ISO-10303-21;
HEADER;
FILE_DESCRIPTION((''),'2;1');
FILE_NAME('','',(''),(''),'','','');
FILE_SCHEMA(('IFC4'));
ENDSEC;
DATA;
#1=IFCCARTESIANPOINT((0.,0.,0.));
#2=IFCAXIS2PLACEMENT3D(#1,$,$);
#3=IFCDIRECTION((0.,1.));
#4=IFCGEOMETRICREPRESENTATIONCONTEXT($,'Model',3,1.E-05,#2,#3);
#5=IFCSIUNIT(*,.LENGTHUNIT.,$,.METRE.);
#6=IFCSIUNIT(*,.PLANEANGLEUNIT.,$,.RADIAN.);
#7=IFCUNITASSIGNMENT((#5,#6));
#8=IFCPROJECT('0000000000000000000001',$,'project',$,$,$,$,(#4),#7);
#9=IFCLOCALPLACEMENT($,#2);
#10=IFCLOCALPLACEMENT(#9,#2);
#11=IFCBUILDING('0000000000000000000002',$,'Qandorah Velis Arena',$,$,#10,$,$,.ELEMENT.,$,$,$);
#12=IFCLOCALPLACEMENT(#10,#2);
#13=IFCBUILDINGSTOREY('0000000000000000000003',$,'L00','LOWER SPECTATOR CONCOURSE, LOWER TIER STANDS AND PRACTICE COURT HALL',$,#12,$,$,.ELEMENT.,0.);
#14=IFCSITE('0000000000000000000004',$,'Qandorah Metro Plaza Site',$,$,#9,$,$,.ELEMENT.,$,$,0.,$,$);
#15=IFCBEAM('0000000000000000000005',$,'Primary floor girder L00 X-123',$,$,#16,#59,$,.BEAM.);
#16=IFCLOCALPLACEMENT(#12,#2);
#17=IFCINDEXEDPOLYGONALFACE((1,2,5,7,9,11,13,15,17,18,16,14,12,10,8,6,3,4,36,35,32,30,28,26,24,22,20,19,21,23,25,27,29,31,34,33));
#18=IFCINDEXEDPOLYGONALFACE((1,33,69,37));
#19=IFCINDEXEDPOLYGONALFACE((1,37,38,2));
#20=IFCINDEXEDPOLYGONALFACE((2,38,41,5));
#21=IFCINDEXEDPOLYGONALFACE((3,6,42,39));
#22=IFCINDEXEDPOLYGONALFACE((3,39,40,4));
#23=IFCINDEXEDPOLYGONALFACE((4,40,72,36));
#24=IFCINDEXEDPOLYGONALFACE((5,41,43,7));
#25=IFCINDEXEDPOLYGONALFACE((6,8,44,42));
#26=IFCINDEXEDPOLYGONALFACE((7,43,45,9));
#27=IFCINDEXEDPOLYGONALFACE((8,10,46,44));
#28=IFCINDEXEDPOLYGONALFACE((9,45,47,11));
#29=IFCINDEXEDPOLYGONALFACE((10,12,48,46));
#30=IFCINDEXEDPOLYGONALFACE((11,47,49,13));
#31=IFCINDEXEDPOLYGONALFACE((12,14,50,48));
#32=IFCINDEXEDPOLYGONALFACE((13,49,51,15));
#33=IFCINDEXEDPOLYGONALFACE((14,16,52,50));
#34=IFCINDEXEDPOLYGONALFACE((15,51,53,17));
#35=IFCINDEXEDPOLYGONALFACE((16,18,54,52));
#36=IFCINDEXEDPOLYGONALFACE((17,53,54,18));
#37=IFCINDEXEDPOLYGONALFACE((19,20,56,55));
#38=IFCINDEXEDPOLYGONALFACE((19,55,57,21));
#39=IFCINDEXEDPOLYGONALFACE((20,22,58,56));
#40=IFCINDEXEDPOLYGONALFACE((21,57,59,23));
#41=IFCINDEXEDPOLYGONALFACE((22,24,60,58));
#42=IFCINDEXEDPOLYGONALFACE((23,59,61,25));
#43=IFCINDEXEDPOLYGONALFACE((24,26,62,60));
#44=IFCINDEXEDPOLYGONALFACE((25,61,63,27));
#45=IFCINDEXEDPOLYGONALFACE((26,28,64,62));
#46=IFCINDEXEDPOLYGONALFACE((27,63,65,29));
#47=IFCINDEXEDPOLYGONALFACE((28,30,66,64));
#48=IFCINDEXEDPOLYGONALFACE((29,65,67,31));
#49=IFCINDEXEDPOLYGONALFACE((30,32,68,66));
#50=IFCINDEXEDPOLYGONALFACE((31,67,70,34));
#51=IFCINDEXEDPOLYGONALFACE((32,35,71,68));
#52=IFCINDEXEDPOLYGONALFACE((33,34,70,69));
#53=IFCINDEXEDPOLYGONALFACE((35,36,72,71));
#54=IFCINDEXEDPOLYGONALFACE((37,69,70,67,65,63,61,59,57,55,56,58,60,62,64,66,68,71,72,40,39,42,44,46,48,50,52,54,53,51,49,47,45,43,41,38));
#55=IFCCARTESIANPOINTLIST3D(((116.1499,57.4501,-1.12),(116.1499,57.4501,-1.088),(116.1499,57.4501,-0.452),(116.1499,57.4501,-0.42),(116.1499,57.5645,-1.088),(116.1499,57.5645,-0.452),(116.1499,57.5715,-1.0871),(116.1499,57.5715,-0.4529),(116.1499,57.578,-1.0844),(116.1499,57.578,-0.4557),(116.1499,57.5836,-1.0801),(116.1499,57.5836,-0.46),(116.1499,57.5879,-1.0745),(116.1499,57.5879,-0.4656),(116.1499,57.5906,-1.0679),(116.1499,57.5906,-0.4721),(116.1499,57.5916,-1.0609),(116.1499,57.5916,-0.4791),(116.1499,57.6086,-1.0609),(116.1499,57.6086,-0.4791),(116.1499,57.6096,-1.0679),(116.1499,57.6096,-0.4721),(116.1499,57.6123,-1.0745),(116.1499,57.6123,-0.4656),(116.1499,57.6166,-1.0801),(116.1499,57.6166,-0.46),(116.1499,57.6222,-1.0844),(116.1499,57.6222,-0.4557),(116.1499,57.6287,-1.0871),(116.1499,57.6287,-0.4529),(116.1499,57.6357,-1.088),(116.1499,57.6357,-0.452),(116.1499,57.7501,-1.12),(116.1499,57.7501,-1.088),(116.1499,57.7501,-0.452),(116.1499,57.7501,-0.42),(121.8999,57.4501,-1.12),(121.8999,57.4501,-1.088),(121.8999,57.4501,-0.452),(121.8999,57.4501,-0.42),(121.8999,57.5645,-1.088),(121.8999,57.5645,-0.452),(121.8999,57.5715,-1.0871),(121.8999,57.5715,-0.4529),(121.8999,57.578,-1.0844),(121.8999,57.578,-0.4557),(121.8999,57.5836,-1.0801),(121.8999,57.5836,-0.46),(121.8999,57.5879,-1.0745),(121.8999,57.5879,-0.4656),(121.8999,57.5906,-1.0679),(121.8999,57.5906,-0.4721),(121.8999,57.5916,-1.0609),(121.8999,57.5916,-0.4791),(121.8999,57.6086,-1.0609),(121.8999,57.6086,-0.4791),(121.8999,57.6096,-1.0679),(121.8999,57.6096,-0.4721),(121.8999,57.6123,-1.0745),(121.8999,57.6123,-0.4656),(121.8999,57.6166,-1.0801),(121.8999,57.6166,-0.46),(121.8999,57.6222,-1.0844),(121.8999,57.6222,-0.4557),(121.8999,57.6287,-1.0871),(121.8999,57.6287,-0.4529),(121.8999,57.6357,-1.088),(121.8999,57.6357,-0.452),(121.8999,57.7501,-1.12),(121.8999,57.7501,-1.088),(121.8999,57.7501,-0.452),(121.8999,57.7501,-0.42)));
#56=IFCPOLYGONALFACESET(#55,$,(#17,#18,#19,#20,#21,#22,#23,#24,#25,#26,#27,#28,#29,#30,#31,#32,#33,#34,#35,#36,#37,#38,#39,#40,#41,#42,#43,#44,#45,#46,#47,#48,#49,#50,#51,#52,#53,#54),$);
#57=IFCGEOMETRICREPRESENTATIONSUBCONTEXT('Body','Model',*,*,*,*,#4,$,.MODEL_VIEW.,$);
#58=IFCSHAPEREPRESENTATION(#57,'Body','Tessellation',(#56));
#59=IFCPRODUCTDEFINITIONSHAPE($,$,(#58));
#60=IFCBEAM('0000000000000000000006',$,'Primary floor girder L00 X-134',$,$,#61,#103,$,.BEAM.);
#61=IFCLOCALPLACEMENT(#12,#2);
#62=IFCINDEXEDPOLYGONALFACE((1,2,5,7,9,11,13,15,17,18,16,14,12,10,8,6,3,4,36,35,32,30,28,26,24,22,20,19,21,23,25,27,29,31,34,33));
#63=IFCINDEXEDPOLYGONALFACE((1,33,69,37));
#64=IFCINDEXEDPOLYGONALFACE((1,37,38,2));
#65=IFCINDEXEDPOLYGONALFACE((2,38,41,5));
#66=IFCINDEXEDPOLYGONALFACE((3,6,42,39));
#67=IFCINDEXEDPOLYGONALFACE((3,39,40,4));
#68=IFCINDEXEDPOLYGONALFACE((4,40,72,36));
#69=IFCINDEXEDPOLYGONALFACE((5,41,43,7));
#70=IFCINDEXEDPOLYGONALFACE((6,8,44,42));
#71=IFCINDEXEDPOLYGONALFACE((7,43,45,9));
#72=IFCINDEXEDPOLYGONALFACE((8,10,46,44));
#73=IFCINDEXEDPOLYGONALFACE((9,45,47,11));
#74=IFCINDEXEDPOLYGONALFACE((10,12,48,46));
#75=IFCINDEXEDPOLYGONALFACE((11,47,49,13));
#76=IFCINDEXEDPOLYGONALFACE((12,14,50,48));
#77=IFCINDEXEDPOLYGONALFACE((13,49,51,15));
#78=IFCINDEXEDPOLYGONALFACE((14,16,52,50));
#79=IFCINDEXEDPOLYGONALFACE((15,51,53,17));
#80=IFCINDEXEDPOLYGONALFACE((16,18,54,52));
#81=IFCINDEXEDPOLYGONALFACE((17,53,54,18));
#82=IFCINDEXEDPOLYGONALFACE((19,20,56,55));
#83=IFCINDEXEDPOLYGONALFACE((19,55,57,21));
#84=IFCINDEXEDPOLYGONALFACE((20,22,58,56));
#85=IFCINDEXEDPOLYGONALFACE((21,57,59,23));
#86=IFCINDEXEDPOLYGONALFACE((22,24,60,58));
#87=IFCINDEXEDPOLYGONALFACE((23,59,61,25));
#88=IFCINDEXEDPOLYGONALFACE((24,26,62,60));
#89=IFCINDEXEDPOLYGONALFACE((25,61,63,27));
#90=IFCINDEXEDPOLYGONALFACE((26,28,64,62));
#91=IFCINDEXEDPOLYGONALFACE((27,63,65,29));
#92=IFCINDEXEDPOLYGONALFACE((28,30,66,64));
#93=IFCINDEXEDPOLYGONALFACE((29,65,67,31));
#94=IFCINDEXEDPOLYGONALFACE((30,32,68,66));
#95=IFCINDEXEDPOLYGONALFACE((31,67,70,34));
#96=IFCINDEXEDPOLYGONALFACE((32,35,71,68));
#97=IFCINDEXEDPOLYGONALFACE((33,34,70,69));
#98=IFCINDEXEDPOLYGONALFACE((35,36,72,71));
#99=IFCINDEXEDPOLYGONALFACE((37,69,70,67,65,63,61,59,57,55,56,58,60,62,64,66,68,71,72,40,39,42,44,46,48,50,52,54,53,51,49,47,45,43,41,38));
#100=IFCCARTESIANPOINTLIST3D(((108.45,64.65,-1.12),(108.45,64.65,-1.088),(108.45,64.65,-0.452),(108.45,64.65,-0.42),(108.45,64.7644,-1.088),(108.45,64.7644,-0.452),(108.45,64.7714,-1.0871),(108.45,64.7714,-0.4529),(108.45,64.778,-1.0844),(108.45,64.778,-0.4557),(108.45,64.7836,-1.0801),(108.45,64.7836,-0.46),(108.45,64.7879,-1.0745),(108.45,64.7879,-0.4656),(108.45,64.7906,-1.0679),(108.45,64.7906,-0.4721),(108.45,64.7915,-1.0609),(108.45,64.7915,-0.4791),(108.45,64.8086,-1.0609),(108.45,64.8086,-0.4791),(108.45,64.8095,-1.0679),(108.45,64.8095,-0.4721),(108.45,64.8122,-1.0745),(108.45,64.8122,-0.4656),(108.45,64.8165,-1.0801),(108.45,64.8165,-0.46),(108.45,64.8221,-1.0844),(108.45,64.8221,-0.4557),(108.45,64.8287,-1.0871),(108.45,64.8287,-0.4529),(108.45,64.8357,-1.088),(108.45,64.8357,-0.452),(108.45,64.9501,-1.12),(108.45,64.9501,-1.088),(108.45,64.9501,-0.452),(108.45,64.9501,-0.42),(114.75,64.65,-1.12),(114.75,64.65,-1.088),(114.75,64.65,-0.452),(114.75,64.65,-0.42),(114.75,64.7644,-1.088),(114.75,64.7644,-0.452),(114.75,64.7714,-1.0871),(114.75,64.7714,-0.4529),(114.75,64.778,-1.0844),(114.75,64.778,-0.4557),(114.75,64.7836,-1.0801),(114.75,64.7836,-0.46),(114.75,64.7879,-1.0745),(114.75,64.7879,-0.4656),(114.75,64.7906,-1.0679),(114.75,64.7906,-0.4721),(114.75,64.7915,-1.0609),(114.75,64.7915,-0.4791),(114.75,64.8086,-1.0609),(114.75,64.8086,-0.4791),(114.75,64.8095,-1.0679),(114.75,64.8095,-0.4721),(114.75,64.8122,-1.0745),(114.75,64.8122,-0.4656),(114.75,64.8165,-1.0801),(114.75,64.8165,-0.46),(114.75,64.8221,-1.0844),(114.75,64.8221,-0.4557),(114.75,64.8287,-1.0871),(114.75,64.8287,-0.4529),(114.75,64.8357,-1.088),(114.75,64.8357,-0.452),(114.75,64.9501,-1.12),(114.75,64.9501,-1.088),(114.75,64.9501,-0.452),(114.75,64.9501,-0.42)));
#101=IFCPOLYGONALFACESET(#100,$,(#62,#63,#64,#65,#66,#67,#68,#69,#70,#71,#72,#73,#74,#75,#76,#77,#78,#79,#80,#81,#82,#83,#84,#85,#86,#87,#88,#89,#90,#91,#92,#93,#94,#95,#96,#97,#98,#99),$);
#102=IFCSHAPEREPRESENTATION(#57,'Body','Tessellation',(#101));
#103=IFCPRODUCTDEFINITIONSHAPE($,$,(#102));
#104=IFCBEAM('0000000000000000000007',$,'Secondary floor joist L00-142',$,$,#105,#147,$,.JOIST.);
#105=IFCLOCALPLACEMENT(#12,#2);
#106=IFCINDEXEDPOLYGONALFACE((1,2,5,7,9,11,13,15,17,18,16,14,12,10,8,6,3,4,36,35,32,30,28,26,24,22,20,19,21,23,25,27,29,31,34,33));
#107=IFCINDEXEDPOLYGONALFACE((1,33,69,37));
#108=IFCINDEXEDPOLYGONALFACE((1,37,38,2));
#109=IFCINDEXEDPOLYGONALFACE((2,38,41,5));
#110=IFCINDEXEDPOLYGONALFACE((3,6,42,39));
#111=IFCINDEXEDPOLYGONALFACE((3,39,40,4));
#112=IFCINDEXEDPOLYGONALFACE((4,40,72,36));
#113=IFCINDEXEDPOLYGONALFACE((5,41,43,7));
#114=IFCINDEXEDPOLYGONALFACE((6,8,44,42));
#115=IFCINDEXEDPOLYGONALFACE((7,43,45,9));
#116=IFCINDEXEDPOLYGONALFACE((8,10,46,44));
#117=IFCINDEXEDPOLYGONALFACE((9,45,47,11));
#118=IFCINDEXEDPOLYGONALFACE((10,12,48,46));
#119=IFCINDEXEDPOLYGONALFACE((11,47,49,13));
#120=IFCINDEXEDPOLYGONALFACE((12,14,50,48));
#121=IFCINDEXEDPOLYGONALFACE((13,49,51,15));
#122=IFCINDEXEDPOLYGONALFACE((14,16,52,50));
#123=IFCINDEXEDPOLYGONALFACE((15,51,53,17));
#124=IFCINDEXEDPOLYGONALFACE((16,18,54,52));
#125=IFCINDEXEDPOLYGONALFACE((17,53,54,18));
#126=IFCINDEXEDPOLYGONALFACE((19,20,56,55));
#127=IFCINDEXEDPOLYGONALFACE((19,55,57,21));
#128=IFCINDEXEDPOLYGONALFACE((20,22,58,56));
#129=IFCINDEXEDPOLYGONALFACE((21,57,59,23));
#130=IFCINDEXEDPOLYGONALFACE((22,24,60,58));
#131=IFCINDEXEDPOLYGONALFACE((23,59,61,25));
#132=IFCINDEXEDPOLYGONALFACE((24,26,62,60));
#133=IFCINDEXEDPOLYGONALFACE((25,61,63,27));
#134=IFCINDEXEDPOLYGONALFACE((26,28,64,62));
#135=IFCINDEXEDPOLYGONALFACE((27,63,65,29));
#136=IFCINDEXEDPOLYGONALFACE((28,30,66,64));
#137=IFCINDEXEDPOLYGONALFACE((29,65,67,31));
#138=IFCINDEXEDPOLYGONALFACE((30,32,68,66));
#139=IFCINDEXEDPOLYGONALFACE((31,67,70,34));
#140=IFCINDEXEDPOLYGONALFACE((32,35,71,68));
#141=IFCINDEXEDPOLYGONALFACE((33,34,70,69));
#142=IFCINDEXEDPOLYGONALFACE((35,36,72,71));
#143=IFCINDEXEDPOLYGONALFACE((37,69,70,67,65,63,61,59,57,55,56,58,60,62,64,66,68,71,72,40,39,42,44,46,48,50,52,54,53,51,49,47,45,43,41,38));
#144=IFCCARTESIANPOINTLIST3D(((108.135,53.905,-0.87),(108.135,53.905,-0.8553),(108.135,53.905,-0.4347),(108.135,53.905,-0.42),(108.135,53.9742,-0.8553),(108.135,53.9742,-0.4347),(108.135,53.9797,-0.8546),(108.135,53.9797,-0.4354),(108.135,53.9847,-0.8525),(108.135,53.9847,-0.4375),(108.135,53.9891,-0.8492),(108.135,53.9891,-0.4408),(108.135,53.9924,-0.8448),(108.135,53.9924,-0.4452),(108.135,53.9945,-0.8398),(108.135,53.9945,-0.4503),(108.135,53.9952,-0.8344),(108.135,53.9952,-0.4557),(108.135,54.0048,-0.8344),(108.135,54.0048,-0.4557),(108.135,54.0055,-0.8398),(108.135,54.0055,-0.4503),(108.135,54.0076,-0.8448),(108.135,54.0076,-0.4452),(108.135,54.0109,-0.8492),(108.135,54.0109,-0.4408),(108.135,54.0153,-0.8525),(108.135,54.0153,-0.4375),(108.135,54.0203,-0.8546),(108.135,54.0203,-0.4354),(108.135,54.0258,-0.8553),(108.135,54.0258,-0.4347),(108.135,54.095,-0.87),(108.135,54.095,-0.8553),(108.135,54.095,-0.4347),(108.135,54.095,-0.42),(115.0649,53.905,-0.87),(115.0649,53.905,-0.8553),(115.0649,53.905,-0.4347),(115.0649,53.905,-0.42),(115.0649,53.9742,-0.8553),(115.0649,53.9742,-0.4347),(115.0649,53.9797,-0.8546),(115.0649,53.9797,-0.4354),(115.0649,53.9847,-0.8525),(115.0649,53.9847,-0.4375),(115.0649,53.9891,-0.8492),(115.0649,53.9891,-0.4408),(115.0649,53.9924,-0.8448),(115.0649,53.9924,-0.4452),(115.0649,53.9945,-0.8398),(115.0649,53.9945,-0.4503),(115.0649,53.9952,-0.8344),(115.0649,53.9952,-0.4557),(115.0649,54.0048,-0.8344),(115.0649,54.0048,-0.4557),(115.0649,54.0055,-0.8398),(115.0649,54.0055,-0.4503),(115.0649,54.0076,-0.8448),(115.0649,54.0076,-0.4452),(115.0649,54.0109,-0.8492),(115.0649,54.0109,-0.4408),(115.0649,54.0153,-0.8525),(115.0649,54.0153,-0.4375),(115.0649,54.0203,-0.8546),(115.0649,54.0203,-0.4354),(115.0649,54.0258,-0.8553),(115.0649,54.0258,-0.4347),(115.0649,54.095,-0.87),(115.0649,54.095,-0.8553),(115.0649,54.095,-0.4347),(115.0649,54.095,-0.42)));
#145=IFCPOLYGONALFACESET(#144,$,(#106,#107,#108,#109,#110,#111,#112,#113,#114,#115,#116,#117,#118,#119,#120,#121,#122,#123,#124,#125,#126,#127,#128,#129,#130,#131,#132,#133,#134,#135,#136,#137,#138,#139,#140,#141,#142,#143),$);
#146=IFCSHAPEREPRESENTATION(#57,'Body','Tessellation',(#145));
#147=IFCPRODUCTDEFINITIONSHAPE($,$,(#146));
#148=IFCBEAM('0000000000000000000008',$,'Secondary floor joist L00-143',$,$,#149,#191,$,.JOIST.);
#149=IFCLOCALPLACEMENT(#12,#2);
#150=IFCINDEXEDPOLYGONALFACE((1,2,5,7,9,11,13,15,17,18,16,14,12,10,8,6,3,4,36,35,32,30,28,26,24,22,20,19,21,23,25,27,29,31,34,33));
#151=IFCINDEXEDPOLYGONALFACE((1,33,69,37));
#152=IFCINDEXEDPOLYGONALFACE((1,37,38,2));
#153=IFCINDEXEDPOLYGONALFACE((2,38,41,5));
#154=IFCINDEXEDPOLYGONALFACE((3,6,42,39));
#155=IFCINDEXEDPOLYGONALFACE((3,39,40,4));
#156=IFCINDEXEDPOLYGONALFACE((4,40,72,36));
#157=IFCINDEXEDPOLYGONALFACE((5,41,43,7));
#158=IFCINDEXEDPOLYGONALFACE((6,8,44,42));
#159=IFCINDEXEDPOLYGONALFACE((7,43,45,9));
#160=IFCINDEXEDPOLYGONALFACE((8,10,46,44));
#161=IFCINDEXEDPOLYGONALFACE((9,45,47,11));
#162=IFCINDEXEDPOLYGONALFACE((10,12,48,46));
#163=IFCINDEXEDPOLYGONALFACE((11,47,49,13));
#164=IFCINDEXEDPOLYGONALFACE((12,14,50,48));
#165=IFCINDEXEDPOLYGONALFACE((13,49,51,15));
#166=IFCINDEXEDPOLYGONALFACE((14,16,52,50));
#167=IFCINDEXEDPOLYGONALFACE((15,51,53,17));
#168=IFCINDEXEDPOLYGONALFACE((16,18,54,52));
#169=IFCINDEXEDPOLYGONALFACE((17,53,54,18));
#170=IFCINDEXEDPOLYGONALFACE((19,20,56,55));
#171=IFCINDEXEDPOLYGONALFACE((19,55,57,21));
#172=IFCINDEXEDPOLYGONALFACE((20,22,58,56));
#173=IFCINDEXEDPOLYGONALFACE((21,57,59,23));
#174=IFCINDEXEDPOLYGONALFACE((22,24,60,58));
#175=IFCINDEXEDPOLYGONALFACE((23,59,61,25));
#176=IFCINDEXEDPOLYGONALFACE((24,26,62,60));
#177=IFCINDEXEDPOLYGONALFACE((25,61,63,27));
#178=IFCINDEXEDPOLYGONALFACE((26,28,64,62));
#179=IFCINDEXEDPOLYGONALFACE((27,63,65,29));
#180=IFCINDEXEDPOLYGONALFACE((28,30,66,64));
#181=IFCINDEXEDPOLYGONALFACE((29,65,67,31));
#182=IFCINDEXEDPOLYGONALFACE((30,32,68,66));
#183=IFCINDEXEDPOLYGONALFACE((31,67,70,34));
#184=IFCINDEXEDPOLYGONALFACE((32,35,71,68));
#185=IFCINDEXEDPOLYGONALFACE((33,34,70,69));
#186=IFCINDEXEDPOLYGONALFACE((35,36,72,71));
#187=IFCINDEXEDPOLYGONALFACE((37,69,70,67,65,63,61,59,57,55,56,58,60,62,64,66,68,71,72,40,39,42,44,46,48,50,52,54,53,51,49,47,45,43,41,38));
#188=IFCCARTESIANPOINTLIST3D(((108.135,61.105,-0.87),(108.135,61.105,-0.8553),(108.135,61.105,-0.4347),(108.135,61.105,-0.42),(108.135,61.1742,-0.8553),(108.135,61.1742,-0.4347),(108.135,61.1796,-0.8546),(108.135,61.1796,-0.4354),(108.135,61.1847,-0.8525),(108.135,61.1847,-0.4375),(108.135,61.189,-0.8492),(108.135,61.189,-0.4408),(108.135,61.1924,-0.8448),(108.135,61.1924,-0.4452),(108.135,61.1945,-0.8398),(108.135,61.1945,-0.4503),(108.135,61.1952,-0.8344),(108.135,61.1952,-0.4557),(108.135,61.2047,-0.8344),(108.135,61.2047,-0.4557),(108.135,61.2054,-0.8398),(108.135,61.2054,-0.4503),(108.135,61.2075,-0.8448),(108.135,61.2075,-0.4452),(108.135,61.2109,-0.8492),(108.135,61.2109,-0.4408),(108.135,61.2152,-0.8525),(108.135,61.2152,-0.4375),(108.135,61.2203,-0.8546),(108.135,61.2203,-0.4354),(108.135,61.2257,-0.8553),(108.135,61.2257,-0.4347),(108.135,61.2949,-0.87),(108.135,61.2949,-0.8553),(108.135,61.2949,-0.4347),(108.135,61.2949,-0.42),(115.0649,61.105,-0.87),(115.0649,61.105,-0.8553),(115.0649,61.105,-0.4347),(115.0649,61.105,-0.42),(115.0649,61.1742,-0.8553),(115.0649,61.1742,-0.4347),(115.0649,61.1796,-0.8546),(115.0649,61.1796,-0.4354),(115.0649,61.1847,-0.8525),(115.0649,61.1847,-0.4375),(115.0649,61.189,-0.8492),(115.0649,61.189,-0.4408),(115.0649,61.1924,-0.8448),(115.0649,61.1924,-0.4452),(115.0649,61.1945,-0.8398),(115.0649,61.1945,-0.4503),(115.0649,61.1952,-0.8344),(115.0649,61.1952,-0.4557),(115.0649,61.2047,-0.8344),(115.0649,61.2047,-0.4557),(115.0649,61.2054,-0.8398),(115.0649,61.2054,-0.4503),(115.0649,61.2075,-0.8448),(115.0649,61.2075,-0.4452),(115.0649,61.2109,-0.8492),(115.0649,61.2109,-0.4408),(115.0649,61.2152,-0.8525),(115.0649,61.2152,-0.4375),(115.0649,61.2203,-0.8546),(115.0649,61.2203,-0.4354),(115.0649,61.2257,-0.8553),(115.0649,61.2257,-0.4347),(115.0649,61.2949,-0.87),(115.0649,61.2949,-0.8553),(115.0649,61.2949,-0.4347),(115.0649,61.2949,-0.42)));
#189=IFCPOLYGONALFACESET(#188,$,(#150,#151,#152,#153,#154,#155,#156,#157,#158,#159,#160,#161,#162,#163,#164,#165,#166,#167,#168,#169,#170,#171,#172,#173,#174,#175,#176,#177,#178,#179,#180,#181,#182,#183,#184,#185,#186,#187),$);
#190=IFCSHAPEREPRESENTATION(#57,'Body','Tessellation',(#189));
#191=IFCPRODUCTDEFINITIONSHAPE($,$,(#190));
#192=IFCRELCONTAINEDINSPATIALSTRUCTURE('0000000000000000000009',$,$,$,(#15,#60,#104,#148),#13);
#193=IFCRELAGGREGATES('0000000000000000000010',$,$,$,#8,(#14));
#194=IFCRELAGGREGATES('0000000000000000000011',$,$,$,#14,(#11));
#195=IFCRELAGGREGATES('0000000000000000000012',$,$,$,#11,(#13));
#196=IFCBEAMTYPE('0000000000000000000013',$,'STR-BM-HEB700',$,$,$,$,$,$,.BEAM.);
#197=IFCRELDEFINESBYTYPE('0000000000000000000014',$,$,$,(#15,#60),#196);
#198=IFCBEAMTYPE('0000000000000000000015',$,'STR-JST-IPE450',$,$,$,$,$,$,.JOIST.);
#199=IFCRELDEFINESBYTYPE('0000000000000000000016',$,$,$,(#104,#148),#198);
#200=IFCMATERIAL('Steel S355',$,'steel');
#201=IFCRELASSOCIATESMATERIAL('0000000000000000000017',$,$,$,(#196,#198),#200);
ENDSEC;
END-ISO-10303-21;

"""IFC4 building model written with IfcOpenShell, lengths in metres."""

from ifc_helpers import new_model, si_unit, direction, frame, origin, origin_2d, place, context, subcontext, project, spatial, i_section, extrude, material, material_profile, profile_set, type_object, element, save


model = new_model("IFC4")

# Units and contexts
model_context = context("Model", 3, precision=1e-05, world=origin(), true_north=direction((0.0, 1.0)))
body_context = subcontext(model_context, "Body", "Model", "MODEL_VIEW")
ifc_project = project(units=[si_unit("LENGTHUNIT", "METRE"), si_unit("PLANEANGLEUNIT", "RADIAN")], contexts=[model_context])

# Site, building, storey
site_placement = place(None, origin())
site = spatial("IfcSite", under=ifc_project, at=site_placement, Name="Qandorah Metro Plaza Site", CompositionType="ELEMENT", RefElevation=0.0)
building_placement = place(site_placement, origin())
building = spatial("IfcBuilding", under=site, at=building_placement, Name="Qandorah Velis Arena", CompositionType="ELEMENT")
storey_placement = place(building_placement, origin())
storey = spatial("IfcBuildingStorey", under=building, at=storey_placement, Name="L00", Description="LOWER SPECTATOR CONCOURSE, LOWER TIER STANDS AND PRACTICE COURT HALL", CompositionType="ELEMENT", Elevation=0.0)

# Beams
ifc_material_1 = material(Name="Steel S355", Category="steel")
ifc_material_profile_1 = material_profile(ifc_material_1, i_section(OverallWidth=0.3, OverallDepth=0.7, WebThickness=0.0171, FlangeThickness=0.032, FilletRadius=0.0271, at=origin_2d()), Name="HEB 700")
ifc_profile_set_1 = profile_set([ifc_material_profile_1], Name="Steel S355")
beam_type_1 = type_object("IfcBeamType", Name="STR-BM-HEB700", PredefinedType="BEAM", material=ifc_profile_set_1)
for number, where, z_axis, x_axis, name in (
    (1, (116.1499, 57.6001, -0.77), (1.0, 0.0, 0.0), (0.0, 1.0, 0.0), "Primary floor girder L00 X-123"),
):
    element("IfcBeam", number, at=place(storey_placement, frame(where, z_axis=z_axis, x_axis=x_axis)), inside=storey, type_object=beam_type_1, Name=name, PredefinedType="BEAM", context=body_context, shape_type="SweptSolid", body=[
        extrude(i_section(OverallWidth=0.3, OverallDepth=0.7, WebThickness=0.0171, FlangeThickness=0.032, FilletRadius=0.0271, at=origin_2d()), origin(), (0.0, 0.0, 1.0), 5.75),
    ])
beam_1_placement = place(storey_placement, frame((108.45, 64.8, -0.77), z_axis=(1.0, 0.0, 0.0), x_axis=(0.0, 1.0, 0.0)))
element("IfcBeam", 2, at=beam_1_placement, inside=storey, type_object=beam_type_1, Name="Primary floor girder L00 X-134", PredefinedType="BEAM", context=body_context, shape_type="SweptSolid", body=[
    extrude(i_section(OverallWidth=0.3, OverallDepth=0.7, WebThickness=0.0171, FlangeThickness=0.032, FilletRadius=0.0271, at=origin_2d()), origin(), (0.0, 0.0, 1.0), 6.3),
])
ifc_material_profile_2 = material_profile(ifc_material_1, i_section(OverallWidth=0.1899, OverallDepth=0.45, WebThickness=0.0095, FlangeThickness=0.0146, FilletRadius=0.021, at=origin_2d()), Name="IPE 450")
ifc_profile_set_2 = profile_set([ifc_material_profile_2], Name="Steel S355")
beam_type_2 = type_object("IfcBeamType", Name="STR-JST-IPE450", PredefinedType="JOIST", material=ifc_profile_set_2)
for number, where, z_axis, x_axis, name in (
    (3, (108.135, 54.0, -0.645), (1.0, 0.0, 0.0), (0.0, 1.0, 0.0), "Secondary floor joist L00-142"),
    (4, (108.135, 61.2, -0.645), (1.0, 0.0, 0.0), (0.0, 1.0, 0.0), "Secondary floor joist L00-143"),
):
    element("IfcBeam", number, at=place(storey_placement, frame(where, z_axis=z_axis, x_axis=x_axis)), inside=storey, type_object=beam_type_2, Name=name, PredefinedType="JOIST", context=body_context, shape_type="SweptSolid", body=[
        extrude(i_section(OverallWidth=0.1899, OverallDepth=0.45, WebThickness=0.0095, FlangeThickness=0.0146, FilletRadius=0.021, at=origin_2d()), origin(), (0.0, 0.0, 1.0), 6.9299),
    ])

save(model, "model.ifc")
